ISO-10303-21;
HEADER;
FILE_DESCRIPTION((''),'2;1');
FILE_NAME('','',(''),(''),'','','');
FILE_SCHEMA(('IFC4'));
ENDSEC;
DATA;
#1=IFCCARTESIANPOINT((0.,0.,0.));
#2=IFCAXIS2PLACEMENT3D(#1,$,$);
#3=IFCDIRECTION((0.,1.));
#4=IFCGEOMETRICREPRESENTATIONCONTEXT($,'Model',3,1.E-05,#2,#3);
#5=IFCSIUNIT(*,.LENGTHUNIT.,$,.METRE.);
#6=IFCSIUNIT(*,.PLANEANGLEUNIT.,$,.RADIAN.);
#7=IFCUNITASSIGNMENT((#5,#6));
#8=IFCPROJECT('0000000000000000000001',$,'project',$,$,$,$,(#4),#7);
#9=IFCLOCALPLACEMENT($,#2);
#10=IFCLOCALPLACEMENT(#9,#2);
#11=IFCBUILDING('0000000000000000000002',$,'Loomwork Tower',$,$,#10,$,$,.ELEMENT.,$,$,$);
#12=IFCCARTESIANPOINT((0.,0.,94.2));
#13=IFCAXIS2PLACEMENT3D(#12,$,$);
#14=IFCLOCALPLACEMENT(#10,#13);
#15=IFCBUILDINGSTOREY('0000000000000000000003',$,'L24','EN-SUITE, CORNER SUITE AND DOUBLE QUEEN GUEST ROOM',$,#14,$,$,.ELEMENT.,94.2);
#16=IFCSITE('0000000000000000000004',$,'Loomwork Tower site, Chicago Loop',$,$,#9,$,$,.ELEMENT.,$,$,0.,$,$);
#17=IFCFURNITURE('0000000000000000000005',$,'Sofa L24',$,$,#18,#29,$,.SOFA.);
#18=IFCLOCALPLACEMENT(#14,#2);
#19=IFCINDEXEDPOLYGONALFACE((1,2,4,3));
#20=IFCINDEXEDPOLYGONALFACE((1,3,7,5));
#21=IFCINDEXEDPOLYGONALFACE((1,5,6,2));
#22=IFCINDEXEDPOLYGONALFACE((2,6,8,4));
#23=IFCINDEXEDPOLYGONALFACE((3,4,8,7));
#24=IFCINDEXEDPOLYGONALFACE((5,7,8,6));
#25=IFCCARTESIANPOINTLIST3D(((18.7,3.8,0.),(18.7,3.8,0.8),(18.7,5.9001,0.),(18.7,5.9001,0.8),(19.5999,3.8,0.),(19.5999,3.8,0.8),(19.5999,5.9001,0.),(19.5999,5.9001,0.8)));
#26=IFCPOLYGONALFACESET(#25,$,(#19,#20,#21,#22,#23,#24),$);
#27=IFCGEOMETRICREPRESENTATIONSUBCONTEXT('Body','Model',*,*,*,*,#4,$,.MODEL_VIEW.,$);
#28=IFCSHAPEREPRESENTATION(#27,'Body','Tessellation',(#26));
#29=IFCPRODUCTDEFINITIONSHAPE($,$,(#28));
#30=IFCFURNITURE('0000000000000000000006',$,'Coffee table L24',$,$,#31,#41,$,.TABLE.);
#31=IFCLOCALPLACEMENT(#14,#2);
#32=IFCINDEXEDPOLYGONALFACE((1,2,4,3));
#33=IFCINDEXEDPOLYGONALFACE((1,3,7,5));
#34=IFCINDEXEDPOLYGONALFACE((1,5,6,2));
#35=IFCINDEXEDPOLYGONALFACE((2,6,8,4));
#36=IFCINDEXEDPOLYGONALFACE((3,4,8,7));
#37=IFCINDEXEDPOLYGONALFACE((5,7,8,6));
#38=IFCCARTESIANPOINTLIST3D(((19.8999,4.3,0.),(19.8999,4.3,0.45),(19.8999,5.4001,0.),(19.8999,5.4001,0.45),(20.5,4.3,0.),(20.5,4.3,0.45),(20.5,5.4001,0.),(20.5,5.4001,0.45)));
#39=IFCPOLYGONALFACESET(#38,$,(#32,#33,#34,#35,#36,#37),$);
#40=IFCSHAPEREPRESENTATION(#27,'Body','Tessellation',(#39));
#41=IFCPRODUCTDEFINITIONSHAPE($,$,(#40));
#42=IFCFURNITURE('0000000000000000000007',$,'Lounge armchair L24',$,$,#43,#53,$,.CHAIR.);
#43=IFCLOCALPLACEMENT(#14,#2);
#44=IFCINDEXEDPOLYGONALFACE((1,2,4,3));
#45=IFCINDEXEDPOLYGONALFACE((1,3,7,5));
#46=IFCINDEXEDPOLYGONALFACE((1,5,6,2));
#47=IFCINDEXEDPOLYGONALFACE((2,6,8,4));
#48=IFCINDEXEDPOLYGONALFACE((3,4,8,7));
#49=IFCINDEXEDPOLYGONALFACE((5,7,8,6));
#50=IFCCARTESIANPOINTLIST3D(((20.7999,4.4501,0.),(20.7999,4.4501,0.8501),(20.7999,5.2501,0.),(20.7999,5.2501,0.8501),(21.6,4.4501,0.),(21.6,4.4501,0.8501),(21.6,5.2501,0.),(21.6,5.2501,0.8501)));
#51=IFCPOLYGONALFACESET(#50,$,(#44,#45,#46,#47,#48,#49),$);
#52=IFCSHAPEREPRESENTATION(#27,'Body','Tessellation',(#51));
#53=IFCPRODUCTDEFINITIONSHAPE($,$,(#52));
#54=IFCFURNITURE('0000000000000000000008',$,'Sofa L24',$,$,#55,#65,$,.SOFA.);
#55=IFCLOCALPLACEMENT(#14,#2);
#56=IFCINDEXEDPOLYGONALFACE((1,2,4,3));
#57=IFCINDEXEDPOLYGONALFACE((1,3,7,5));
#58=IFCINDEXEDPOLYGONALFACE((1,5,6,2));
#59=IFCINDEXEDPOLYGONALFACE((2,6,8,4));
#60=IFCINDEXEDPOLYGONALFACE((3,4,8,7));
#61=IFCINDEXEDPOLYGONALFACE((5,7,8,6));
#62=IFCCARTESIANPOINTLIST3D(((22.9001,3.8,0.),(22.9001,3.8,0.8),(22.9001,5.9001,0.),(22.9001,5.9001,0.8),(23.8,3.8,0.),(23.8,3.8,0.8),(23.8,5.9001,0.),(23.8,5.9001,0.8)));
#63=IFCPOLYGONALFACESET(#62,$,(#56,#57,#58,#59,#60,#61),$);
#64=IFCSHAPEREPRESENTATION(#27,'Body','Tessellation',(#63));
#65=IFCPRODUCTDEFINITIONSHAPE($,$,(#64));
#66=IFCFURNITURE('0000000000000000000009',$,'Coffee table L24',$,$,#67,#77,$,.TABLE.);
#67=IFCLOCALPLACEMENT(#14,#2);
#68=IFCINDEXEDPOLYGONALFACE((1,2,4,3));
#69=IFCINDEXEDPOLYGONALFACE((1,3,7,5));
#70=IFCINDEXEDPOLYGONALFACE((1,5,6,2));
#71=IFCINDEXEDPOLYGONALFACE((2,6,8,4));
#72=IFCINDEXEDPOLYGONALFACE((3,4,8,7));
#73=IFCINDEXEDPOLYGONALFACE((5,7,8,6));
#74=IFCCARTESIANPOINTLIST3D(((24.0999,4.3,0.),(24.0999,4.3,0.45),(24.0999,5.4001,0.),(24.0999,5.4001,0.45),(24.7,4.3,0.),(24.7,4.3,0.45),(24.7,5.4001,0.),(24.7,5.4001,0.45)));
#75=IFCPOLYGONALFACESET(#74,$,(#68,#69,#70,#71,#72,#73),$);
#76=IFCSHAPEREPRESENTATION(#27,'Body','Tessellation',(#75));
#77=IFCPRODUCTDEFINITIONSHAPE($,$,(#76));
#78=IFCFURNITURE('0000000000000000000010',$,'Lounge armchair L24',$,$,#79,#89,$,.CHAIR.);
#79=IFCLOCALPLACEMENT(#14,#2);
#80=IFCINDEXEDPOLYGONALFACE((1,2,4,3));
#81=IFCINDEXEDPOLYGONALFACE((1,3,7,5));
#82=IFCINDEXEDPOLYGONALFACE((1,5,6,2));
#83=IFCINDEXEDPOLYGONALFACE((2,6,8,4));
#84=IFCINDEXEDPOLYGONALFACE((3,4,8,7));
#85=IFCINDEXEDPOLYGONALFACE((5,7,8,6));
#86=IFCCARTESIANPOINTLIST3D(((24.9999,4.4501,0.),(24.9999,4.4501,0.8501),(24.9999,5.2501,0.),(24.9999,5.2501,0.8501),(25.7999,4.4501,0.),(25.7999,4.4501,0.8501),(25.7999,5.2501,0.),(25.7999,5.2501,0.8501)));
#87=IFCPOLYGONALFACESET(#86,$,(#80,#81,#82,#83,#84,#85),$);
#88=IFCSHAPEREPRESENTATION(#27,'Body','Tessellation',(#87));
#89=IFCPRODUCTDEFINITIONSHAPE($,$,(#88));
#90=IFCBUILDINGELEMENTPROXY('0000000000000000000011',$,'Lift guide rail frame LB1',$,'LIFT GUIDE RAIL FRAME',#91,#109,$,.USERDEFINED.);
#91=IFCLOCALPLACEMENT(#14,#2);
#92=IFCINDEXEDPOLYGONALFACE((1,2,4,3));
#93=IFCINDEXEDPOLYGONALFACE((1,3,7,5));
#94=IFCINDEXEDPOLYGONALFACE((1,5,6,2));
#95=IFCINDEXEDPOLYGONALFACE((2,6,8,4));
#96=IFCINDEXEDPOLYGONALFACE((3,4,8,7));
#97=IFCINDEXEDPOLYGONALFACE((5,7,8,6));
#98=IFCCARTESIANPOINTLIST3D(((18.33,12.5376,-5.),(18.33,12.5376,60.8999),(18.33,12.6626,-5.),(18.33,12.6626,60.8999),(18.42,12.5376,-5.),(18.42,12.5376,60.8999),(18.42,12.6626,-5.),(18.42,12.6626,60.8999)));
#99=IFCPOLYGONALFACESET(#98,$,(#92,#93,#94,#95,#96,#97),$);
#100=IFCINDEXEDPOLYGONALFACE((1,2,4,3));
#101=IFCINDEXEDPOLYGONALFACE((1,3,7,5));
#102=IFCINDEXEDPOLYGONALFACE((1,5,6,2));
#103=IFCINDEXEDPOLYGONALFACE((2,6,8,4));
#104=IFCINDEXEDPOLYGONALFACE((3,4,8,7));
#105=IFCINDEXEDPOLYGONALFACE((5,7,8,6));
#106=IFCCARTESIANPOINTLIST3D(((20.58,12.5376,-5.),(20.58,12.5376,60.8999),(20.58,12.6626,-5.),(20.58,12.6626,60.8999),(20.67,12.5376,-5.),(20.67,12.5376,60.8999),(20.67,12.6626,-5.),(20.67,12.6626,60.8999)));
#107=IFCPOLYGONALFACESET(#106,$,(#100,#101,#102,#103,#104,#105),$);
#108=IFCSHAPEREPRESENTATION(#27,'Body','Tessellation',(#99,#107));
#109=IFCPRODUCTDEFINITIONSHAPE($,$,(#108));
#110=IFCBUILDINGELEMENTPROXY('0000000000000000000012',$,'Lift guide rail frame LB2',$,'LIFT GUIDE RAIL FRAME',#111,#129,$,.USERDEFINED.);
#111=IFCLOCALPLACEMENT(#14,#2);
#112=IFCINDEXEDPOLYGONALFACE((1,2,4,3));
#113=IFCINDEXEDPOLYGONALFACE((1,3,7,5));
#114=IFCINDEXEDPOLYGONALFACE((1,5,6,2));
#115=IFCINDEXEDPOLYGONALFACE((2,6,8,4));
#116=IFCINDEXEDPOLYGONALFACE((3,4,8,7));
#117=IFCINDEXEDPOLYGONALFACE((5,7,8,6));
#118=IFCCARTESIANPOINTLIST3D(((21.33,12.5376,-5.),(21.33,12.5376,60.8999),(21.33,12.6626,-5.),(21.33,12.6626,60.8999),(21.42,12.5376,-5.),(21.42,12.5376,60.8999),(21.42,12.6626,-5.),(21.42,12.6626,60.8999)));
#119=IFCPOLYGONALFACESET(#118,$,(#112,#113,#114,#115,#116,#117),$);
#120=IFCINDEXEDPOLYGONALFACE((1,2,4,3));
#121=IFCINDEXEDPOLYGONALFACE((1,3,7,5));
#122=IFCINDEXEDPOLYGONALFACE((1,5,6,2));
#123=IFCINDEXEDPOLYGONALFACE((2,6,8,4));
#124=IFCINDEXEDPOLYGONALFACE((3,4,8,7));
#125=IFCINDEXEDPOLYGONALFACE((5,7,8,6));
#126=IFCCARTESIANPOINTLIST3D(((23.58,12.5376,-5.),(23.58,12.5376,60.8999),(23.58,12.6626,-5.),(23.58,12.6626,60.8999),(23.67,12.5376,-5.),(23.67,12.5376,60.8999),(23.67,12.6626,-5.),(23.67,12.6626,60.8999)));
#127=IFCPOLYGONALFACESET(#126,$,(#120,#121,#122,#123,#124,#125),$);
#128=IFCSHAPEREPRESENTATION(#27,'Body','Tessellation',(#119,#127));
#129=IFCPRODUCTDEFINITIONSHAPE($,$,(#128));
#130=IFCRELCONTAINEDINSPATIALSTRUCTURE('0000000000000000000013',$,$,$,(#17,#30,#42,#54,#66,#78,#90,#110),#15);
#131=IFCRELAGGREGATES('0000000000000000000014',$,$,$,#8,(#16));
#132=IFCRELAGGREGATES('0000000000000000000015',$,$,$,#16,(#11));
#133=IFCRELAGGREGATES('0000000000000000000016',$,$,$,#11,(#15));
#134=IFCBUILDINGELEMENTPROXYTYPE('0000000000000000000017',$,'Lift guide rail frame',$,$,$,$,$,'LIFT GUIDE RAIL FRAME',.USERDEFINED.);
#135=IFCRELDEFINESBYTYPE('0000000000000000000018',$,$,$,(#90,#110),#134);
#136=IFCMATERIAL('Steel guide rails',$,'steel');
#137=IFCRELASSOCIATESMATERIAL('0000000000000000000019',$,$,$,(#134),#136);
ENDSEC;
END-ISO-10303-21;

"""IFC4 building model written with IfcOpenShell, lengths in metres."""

from ifc_helpers import new_model, si_unit, direction, frame, frame_2d, origin, origin_2d, place, context, subcontext, project, spatial, rectangle, extrude, material, type_object, element, save


model = new_model("IFC4")

# Units and contexts
model_context = context("Model", 3, precision=1e-05, world=origin(), true_north=direction((0.0, 1.0)))
body_context = subcontext(model_context, "Body", "Model", "MODEL_VIEW")
ifc_project = project(units=[si_unit("LENGTHUNIT", "METRE"), si_unit("PLANEANGLEUNIT", "RADIAN")], contexts=[model_context])

# Site, building, storey
site_placement = place(None, origin())
site = spatial("IfcSite", under=ifc_project, at=site_placement, Name="Loomwork Tower site, Chicago Loop", CompositionType="ELEMENT", RefElevation=0.0)
building_placement = place(site_placement, origin())
building = spatial("IfcBuilding", under=site, at=building_placement, Name="Loomwork Tower", CompositionType="ELEMENT")
storey_placement = place(building_placement, frame((0.0, 0.0, 94.2)))
storey = spatial("IfcBuildingStorey", under=building, at=storey_placement, Name="L24", Description="EN-SUITE, CORNER SUITE AND DOUBLE QUEEN GUEST ROOM", CompositionType="ELEMENT", Elevation=94.2)

# Furniture
furniture_1_placement = place(storey_placement, frame((19.1499, 4.8501, 0.0), z_axis=(0.0, 0.0, 1.0), x_axis=(1.0, 0.0, 0.0)))
element("IfcFurniture", 1, at=furniture_1_placement, inside=storey, Name="Sofa L24", PredefinedType="SOFA", context=body_context, shape_type="SweptSolid", body=[
    extrude(rectangle(XDim=0.8999, YDim=2.1001, at=origin_2d()), origin(), (0.0, 0.0, 1.0), 0.8),
])
furniture_2_placement = place(storey_placement, frame((20.2, 4.8501, 0.0), z_axis=(0.0, 0.0, 1.0), x_axis=(1.0, 0.0, 0.0)))
element("IfcFurniture", 2, at=furniture_2_placement, inside=storey, Name="Coffee table L24", PredefinedType="TABLE", context=body_context, shape_type="SweptSolid", body=[
    extrude(rectangle(XDim=0.6001, YDim=1.1001, at=origin_2d()), origin(), (0.0, 0.0, 1.0), 0.45),
])
furniture_3_placement = place(storey_placement, frame((21.2, 4.8501, 0.0), z_axis=(0.0, 0.0, 1.0), x_axis=(1.0, 0.0, 0.0)))
element("IfcFurniture", 3, at=furniture_3_placement, inside=storey, Name="Lounge armchair L24", PredefinedType="CHAIR", context=body_context, shape_type="SweptSolid", body=[
    extrude(rectangle(XDim=0.8, YDim=0.8, at=origin_2d()), origin(), (0.0, 0.0, 1.0), 0.8501),
])
furniture_4_placement = place(storey_placement, frame((23.3501, 4.8501, 0.0), z_axis=(0.0, 0.0, 1.0), x_axis=(1.0, 0.0, 0.0)))
element("IfcFurniture", 4, at=furniture_4_placement, inside=storey, Name="Sofa L24", PredefinedType="SOFA", context=body_context, shape_type="SweptSolid", body=[
    extrude(rectangle(XDim=0.8999, YDim=2.1001, at=origin_2d()), origin(), (0.0, 0.0, 1.0), 0.8),
])
furniture_5_placement = place(storey_placement, frame((24.3999, 4.8501, 0.0), z_axis=(0.0, 0.0, 1.0), x_axis=(1.0, 0.0, 0.0)))
element("IfcFurniture", 5, at=furniture_5_placement, inside=storey, Name="Coffee table L24", PredefinedType="TABLE", context=body_context, shape_type="SweptSolid", body=[
    extrude(rectangle(XDim=0.6001, YDim=1.1001, at=origin_2d()), origin(), (0.0, 0.0, 1.0), 0.45),
])
furniture_6_placement = place(storey_placement, frame((25.3999, 4.8501, 0.0), z_axis=(0.0, 0.0, 1.0), x_axis=(1.0, 0.0, 0.0)))
element("IfcFurniture", 6, at=furniture_6_placement, inside=storey, Name="Lounge armchair L24", PredefinedType="CHAIR", context=body_context, shape_type="SweptSolid", body=[
    extrude(rectangle(XDim=0.8, YDim=0.8, at=origin_2d()), origin(), (0.0, 0.0, 1.0), 0.8501),
])

# Building element proxies
ifc_material_1 = material(Name="Steel guide rails", Category="steel")
building_element_proxy_type = type_object("IfcBuildingElementProxyType", Name="Lift guide rail frame", ElementType="LIFT GUIDE RAIL FRAME", PredefinedType="USERDEFINED", material=ifc_material_1)
for number, where, z_axis, x_axis, name in (
    (7, (19.5, 12.6001, -5.0), (0.0, 0.0, 1.0), (1.0, 0.0, 0.0), "Lift guide rail frame LB1"),
    (8, (22.5, 12.6001, -5.0), (0.0, 0.0, 1.0), (1.0, 0.0, 0.0), "Lift guide rail frame LB2"),
):
    element("IfcBuildingElementProxy", number, at=place(storey_placement, frame(where, z_axis=z_axis, x_axis=x_axis)), inside=storey, type_object=building_element_proxy_type, Name=name, ObjectType="LIFT GUIDE RAIL FRAME", PredefinedType="USERDEFINED", context=body_context, shape_type="SweptSolid", body=[
        extrude(rectangle(XDim=0.0901, YDim=0.125, at=frame_2d((-1.125, 0.0))), origin(), (0.0, 0.0, 1.0), 65.8999),
        extrude(rectangle(XDim=0.0901, YDim=0.125, at=frame_2d((1.125, 0.0))), origin(), (0.0, 0.0, 1.0), 65.8999),
    ])

save(model, "model.ifc")
